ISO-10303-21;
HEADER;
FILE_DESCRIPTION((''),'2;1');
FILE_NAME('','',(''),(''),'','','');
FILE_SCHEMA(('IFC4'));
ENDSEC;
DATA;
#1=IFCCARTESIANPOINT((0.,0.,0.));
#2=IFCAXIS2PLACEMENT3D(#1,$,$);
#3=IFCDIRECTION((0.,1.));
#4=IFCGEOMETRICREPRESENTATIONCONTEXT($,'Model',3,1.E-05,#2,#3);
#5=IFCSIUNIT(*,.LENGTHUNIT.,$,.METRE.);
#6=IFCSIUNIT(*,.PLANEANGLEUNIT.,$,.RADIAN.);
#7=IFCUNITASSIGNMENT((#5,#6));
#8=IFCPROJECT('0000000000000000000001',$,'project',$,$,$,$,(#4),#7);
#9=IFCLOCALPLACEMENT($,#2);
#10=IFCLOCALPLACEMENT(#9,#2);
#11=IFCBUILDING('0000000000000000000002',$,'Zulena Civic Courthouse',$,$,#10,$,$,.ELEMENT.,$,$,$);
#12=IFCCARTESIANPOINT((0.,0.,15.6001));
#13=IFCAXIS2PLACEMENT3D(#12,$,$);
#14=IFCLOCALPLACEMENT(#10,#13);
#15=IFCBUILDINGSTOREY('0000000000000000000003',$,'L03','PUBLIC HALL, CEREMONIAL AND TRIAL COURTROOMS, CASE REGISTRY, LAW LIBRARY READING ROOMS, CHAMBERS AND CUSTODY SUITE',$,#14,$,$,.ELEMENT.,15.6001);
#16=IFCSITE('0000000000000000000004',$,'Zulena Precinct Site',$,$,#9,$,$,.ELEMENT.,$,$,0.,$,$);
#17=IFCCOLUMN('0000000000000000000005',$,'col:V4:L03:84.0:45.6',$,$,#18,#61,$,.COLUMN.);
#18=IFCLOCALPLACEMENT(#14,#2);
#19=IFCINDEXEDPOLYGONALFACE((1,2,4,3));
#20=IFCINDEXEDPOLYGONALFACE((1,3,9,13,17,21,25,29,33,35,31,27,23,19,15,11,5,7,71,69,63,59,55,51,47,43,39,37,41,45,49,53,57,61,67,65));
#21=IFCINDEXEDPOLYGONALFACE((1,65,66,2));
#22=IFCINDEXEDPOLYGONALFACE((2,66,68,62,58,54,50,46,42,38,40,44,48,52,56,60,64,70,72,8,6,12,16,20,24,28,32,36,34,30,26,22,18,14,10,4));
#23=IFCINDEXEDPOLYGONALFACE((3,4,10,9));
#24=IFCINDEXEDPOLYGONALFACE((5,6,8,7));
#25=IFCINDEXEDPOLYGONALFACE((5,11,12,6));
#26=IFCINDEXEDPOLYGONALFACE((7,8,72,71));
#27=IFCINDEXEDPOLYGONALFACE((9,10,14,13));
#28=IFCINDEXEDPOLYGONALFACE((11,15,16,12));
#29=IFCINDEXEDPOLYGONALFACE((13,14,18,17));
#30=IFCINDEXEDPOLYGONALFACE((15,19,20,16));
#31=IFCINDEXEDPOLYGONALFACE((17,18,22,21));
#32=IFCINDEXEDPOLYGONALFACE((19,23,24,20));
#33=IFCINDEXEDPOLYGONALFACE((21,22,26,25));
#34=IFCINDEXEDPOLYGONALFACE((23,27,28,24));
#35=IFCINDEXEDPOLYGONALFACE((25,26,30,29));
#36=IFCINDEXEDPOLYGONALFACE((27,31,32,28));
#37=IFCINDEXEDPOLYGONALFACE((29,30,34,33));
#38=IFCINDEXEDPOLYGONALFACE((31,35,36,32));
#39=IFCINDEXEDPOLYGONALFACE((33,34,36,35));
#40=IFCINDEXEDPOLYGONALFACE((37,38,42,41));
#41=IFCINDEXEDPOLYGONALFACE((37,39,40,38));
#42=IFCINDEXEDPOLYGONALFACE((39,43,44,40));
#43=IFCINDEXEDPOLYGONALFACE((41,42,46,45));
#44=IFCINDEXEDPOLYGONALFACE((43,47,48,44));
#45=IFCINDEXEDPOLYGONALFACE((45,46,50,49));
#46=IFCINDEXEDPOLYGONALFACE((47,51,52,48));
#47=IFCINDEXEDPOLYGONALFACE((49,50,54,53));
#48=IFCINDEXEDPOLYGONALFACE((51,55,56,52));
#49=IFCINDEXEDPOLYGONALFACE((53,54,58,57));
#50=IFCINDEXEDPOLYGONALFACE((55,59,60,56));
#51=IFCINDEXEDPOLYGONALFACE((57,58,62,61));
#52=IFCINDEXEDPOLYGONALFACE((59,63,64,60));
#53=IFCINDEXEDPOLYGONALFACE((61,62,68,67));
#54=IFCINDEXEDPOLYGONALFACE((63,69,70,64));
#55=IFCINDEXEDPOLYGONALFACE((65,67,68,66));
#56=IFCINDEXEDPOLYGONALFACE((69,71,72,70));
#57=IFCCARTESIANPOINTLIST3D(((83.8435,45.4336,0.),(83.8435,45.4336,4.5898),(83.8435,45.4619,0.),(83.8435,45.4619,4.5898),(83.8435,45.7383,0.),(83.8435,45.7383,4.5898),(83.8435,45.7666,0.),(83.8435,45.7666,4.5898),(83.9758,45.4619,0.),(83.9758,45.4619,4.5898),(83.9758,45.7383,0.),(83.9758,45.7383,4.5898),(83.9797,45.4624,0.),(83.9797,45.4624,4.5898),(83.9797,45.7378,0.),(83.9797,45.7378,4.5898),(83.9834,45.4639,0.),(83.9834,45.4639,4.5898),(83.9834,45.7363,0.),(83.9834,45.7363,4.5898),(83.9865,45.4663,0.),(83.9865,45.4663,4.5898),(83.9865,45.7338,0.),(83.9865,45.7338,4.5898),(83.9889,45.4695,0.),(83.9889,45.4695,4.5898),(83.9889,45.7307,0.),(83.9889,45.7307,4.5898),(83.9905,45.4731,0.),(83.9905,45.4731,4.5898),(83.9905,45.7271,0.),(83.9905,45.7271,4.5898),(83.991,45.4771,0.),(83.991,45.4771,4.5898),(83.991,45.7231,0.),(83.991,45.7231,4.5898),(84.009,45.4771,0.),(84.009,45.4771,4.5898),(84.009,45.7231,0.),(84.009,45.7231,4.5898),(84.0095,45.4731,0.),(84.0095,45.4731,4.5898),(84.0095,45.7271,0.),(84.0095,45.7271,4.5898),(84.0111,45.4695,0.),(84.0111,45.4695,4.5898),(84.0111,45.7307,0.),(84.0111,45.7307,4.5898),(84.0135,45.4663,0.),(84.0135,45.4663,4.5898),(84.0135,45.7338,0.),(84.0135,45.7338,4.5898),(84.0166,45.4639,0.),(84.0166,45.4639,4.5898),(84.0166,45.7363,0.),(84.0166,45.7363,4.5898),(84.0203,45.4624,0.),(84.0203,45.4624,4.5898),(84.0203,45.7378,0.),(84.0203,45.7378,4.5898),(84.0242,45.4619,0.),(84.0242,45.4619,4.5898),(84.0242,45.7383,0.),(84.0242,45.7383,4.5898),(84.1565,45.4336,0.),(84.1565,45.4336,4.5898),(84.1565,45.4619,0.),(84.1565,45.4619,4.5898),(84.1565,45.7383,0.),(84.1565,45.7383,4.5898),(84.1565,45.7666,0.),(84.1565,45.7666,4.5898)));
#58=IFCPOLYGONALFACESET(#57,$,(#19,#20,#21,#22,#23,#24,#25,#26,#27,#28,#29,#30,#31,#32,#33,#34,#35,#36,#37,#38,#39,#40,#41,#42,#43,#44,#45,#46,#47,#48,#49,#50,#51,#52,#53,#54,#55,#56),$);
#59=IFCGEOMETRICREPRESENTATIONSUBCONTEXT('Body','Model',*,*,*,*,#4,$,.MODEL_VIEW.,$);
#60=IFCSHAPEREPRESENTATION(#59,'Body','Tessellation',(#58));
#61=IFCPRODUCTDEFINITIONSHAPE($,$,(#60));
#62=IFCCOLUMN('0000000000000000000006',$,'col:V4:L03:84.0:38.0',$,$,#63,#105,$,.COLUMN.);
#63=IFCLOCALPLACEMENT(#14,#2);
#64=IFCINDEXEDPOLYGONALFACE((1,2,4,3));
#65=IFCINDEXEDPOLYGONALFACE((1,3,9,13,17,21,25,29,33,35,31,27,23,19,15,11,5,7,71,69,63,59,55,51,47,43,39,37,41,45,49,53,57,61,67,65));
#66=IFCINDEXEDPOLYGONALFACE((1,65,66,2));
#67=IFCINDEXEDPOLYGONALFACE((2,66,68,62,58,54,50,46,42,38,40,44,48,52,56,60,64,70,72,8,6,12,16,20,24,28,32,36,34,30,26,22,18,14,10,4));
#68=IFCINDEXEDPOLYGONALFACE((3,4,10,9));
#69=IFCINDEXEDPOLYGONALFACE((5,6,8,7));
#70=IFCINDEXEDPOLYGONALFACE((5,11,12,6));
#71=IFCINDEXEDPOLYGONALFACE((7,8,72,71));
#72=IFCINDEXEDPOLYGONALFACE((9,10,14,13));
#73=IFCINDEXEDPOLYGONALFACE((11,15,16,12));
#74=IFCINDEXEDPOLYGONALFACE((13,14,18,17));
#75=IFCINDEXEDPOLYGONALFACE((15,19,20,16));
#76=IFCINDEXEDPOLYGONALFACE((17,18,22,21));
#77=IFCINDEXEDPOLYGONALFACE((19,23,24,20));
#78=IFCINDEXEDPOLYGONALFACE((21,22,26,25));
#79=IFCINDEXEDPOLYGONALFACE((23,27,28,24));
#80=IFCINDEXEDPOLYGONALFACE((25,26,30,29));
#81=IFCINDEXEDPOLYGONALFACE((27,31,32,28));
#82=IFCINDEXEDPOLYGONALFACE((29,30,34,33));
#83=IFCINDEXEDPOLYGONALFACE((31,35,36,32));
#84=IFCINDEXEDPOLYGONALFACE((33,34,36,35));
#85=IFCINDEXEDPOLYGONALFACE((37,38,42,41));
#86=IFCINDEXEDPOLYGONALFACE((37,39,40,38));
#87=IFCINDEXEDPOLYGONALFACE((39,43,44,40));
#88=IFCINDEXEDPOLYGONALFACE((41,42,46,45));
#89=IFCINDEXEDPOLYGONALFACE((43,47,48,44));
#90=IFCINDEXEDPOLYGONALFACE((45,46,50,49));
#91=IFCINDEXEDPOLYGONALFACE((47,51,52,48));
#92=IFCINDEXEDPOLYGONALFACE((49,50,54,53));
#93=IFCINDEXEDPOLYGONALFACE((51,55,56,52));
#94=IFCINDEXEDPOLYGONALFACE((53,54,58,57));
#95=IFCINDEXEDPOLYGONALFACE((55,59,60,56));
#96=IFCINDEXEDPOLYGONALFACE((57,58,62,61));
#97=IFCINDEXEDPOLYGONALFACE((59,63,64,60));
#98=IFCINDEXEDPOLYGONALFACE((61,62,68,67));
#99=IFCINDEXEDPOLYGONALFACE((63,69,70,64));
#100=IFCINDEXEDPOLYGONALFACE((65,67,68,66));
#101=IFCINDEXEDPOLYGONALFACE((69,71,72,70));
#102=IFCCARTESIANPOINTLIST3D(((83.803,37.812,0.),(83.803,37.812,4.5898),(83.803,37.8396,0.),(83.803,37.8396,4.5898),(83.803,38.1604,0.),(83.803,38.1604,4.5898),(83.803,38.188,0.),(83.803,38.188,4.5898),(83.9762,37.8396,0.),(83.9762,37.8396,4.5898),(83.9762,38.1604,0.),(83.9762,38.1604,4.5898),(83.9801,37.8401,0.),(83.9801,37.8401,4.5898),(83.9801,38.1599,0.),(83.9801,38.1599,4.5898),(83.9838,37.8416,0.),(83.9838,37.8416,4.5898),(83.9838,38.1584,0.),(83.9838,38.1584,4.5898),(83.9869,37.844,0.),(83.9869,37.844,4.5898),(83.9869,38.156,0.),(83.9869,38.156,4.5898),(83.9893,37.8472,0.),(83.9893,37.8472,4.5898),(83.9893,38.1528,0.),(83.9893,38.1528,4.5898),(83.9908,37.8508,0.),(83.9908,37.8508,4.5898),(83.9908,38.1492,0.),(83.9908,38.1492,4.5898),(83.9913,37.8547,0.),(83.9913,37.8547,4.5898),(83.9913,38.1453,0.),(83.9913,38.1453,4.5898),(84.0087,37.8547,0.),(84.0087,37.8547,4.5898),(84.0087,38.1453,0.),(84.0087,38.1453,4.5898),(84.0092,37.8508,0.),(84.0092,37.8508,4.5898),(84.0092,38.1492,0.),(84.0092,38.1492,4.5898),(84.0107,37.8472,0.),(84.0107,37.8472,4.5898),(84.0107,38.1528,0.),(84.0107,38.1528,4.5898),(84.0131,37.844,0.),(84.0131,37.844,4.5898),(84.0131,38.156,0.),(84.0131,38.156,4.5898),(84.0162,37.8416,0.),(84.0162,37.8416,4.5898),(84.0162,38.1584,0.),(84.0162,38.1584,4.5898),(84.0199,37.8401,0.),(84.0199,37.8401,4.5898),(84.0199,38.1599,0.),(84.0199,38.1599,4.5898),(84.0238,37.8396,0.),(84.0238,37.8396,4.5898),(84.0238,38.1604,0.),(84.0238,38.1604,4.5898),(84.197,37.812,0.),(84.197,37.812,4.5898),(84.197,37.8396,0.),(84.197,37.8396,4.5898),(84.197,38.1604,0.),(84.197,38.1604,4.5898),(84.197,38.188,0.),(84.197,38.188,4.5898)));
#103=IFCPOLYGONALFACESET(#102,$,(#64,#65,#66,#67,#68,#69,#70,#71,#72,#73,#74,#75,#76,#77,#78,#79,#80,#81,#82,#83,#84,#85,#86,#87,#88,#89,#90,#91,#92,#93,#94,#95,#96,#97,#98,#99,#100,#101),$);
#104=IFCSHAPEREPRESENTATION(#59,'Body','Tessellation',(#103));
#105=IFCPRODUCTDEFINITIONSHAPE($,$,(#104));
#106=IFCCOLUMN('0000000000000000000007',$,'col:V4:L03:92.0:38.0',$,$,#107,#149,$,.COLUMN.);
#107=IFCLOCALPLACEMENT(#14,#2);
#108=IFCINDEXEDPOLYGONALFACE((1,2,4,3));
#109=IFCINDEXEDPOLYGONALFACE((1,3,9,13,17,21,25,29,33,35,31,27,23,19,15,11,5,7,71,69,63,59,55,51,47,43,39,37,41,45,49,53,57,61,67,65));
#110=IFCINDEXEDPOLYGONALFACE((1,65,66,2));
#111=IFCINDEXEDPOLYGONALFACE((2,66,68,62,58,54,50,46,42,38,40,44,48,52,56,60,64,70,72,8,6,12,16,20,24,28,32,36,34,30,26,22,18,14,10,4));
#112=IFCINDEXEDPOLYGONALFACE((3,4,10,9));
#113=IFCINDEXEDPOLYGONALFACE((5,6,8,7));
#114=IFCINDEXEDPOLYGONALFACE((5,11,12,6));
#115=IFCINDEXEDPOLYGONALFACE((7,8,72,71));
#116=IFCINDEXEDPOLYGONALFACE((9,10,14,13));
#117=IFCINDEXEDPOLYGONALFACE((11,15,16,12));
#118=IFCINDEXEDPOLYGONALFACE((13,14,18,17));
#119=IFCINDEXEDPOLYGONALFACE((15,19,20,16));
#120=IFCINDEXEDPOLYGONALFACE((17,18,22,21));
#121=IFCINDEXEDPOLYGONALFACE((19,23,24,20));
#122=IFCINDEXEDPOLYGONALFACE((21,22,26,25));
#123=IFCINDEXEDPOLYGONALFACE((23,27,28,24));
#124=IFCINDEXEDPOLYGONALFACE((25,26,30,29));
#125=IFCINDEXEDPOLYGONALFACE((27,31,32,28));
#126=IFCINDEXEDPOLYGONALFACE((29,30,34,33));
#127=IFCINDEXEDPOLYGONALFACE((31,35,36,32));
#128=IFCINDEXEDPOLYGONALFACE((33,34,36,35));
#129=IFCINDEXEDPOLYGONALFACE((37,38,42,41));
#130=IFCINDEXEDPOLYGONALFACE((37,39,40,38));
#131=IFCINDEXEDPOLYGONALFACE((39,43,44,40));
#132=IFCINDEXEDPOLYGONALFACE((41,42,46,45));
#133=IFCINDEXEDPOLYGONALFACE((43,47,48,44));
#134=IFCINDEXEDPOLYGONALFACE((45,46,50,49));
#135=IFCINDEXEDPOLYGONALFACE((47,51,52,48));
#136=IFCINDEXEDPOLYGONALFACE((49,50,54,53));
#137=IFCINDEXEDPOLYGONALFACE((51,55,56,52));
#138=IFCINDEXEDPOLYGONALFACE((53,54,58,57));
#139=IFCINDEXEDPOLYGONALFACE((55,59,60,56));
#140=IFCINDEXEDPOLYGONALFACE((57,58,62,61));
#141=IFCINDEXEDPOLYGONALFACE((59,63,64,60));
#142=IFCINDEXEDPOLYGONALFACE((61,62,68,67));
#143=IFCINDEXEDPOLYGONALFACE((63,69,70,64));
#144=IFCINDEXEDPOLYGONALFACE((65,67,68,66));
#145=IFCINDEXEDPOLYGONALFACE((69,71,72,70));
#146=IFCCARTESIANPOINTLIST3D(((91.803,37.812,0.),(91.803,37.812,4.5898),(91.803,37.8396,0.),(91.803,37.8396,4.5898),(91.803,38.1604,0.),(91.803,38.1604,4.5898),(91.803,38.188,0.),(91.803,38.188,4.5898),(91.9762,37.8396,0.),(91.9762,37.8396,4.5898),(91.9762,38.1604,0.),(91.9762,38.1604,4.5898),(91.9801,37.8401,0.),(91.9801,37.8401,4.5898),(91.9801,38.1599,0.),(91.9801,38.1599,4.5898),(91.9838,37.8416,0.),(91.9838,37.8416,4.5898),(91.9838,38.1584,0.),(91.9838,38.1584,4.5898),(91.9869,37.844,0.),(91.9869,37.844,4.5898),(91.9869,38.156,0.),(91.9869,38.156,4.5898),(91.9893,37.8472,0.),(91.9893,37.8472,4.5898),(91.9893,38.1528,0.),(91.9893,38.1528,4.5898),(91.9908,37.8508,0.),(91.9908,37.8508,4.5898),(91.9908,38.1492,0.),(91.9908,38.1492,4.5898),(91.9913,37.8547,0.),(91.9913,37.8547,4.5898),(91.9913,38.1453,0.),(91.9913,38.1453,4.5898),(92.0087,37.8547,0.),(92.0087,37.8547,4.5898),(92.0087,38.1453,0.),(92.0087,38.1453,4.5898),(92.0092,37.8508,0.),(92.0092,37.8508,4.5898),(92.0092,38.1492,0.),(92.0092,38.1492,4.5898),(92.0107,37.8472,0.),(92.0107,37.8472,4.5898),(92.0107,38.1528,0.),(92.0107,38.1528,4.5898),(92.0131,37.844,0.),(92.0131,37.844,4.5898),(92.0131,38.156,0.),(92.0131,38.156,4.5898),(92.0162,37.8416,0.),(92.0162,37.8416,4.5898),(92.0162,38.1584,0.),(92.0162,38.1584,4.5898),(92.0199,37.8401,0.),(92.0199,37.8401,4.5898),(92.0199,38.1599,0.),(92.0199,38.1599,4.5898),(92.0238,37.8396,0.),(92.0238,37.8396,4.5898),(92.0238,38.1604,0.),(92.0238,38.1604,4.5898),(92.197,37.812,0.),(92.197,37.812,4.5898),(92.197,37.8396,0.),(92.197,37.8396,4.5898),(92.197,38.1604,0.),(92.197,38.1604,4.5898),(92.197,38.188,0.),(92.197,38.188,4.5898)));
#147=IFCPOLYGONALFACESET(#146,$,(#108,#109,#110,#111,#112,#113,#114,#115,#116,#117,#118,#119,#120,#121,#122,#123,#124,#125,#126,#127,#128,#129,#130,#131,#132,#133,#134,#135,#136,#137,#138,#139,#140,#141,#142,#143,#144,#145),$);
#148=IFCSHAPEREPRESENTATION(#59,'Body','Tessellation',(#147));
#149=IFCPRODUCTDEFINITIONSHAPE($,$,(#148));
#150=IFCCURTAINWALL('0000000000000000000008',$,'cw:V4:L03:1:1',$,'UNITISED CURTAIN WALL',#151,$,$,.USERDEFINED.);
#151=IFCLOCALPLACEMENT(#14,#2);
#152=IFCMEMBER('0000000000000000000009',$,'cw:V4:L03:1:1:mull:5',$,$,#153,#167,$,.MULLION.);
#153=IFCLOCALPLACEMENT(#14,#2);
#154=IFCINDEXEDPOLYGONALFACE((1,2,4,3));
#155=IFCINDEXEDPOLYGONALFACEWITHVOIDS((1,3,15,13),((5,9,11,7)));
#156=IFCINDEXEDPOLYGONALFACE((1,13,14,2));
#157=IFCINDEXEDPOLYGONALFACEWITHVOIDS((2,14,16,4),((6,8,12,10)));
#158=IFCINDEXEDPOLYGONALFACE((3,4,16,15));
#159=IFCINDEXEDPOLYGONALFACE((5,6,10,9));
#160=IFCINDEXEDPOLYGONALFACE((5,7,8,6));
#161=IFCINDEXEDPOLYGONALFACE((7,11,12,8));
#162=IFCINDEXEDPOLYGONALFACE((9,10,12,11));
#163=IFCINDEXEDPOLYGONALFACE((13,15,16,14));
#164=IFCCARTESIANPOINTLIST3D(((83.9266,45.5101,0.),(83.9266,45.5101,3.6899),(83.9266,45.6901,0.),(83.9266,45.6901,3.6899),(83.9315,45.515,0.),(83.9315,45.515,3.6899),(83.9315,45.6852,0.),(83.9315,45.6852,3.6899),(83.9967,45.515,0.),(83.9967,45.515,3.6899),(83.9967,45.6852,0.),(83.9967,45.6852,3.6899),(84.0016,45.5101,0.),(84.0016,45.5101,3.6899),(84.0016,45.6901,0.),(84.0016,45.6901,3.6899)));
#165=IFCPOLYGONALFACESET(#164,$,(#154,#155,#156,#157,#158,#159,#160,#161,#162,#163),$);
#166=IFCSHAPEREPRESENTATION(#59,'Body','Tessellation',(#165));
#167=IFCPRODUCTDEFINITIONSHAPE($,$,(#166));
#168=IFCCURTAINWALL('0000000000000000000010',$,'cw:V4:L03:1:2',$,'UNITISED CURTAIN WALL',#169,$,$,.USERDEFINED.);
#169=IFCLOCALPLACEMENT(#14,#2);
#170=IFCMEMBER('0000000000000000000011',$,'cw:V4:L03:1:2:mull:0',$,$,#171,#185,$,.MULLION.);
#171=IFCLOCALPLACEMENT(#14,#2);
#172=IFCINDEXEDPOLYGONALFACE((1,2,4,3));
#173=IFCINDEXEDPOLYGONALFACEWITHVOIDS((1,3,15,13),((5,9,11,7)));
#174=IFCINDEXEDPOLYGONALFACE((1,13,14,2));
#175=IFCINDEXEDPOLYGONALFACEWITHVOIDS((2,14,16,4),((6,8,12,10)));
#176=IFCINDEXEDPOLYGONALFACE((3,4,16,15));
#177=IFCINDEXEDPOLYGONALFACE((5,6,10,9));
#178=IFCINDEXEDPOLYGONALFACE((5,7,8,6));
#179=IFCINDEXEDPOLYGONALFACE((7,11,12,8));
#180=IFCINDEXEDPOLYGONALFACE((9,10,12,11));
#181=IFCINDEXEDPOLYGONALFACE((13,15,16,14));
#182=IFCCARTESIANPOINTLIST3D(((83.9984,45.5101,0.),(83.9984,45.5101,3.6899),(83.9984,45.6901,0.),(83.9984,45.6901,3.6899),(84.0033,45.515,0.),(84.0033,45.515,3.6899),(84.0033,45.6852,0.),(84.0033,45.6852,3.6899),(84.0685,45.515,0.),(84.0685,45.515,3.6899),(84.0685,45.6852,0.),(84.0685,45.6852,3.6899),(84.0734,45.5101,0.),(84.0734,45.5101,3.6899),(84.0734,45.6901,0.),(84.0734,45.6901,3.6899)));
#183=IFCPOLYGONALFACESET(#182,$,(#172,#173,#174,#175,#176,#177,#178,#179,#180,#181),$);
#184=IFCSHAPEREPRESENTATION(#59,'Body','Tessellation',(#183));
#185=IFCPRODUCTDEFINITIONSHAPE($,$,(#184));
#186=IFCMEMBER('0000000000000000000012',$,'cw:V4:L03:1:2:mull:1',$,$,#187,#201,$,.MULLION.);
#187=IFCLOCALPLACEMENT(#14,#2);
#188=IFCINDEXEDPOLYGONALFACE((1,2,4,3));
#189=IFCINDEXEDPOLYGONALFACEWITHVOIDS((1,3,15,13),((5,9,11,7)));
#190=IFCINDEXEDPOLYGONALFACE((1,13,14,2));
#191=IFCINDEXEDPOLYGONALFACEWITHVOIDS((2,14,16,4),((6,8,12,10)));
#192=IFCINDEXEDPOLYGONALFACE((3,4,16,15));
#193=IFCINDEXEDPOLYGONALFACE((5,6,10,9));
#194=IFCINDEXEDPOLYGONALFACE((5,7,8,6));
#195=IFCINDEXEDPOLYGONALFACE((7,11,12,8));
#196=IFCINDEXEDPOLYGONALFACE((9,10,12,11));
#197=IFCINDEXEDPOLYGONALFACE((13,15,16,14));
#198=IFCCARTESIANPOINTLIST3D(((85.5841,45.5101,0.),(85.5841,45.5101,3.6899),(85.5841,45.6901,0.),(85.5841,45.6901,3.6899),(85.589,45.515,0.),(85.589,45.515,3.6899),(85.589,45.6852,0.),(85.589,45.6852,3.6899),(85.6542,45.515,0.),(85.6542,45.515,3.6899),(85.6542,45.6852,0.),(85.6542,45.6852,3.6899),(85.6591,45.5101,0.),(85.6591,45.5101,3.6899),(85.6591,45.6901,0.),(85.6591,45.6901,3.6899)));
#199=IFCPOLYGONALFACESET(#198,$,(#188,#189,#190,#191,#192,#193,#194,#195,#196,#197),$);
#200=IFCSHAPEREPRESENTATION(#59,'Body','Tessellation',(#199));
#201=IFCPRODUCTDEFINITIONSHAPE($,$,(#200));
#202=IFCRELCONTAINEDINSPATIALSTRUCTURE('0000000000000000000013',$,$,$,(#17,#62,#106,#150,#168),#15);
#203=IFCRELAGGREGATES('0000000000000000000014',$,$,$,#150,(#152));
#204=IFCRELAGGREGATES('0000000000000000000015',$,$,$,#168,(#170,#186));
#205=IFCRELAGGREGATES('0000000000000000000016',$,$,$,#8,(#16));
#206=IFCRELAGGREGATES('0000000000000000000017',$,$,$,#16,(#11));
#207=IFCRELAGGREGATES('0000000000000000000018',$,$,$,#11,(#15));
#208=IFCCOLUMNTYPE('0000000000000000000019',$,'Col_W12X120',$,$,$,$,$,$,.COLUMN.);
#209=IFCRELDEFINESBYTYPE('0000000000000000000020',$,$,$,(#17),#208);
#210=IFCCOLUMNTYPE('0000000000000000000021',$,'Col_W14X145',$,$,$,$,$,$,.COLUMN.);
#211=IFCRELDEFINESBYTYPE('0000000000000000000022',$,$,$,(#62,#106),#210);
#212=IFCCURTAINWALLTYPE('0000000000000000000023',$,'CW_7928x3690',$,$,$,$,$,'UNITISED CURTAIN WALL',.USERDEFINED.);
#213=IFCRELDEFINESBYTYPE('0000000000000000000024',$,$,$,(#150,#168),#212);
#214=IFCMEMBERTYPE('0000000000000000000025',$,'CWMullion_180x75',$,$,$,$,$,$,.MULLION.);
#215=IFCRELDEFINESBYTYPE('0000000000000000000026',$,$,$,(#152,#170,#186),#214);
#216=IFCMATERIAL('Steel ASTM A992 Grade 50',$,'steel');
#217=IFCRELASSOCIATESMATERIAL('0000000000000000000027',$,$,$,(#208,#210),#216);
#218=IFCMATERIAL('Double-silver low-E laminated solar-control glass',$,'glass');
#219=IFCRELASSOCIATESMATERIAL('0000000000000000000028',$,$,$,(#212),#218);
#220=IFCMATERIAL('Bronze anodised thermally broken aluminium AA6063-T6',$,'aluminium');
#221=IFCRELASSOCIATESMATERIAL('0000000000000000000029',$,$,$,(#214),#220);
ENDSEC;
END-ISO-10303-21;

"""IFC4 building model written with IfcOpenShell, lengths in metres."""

from ifc_helpers import new_model, si_unit, direction, frame, origin, origin_2d, place, context, subcontext, project, spatial, hollow_rectangle, i_section, extrude, material, material_profile, profile_set, type_object, element, aggregate, save


model = new_model("IFC4")

# Units and contexts
model_context = context("Model", 3, precision=1e-05, world=origin(), true_north=direction((0.0, 1.0)))
body_context = subcontext(model_context, "Body", "Model", "MODEL_VIEW")
ifc_project = project(units=[si_unit("LENGTHUNIT", "METRE"), si_unit("PLANEANGLEUNIT", "RADIAN")], contexts=[model_context])

# Site, building, storey
site_placement = place(None, origin())
site = spatial("IfcSite", under=ifc_project, at=site_placement, Name="Zulena Precinct Site", CompositionType="ELEMENT", RefElevation=0.0)
building_placement = place(site_placement, origin())
building = spatial("IfcBuilding", under=site, at=building_placement, Name="Zulena Civic Courthouse", CompositionType="ELEMENT")
storey_placement = place(building_placement, frame((0.0, 0.0, 15.6001)))
storey = spatial("IfcBuildingStorey", under=building, at=storey_placement, Name="L03", Description="PUBLIC HALL, CEREMONIAL AND TRIAL COURTROOMS, CASE REGISTRY, LAW LIBRARY READING ROOMS, CHAMBERS AND CUSTODY SUITE", CompositionType="ELEMENT", Elevation=15.6001)

# Columns
ifc_material_1 = material(Name="Steel ASTM A992 Grade 50", Category="steel")
ifc_material_profile_1 = material_profile(ifc_material_1, i_section(OverallWidth=0.313, OverallDepth=0.333, WebThickness=0.0181, FlangeThickness=0.0283, FilletRadius=0.0151, at=origin_2d()), Name="W12X120")
ifc_profile_set_1 = profile_set([ifc_material_profile_1], Name="Steel ASTM A992 Grade 50")
column_type_1 = type_object("IfcColumnType", Name="Col_W12X120", PredefinedType="COLUMN", material=ifc_profile_set_1)
column_placement = place(storey_placement, frame((84.0, 45.6001, 0.0), z_axis=(0.0, 0.0, 1.0), x_axis=(1.0, 0.0, 0.0)))
element("IfcColumn", 1, at=column_placement, inside=storey, type_object=column_type_1, Name="col:V4:L03:84.0:45.6", PredefinedType="COLUMN", context=body_context, shape_type="SweptSolid", body=[
    extrude(i_section(OverallWidth=0.313, OverallDepth=0.333, WebThickness=0.0181, FlangeThickness=0.0283, FilletRadius=0.0151, at=origin_2d()), origin(), (0.0, 0.0, 1.0), 4.5898),
])
ifc_material_profile_2 = material_profile(ifc_material_1, i_section(OverallWidth=0.394, OverallDepth=0.376, WebThickness=0.0173, FlangeThickness=0.0276, FilletRadius=0.0151, at=origin_2d()), Name="W14X145")
ifc_profile_set_2 = profile_set([ifc_material_profile_2], Name="Steel ASTM A992 Grade 50")
column_type_2 = type_object("IfcColumnType", Name="Col_W14X145", PredefinedType="COLUMN", material=ifc_profile_set_2)
for number, where, z_axis, x_axis, name in (
    (2, (84.0, 38.0, 0.0), (0.0, 0.0, 1.0), (1.0, 0.0, 0.0), "col:V4:L03:84.0:38.0"),
    (3, (92.0, 38.0, 0.0), (0.0, 0.0, 1.0), (1.0, 0.0, 0.0), "col:V4:L03:92.0:38.0"),
):
    element("IfcColumn", number, at=place(storey_placement, frame(where, z_axis=z_axis, x_axis=x_axis)), inside=storey, type_object=column_type_2, Name=name, PredefinedType="COLUMN", context=body_context, shape_type="SweptSolid", body=[
        extrude(i_section(OverallWidth=0.394, OverallDepth=0.376, WebThickness=0.0173, FlangeThickness=0.0276, FilletRadius=0.0151, at=origin_2d()), origin(), (0.0, 0.0, 1.0), 4.5898),
    ])

# Curtain wall, member
ifc_material_2 = material(Name="Double-silver low-E laminated solar-control glass", Category="glass")
curtain_wall_type = type_object("IfcCurtainWallType", Name="CW_7928x3690", ElementType="UNITISED CURTAIN WALL", PredefinedType="USERDEFINED", material=ifc_material_2)
curtain_wall_1_placement = place(storey_placement, origin())
curtain_wall_1 = element("IfcCurtainWall", 4, at=curtain_wall_1_placement, inside=storey, type_object=curtain_wall_type, Name="cw:V4:L03:1:1", ObjectType="UNITISED CURTAIN WALL", PredefinedType="USERDEFINED")
ifc_material_3 = material(Name="Bronze anodised thermally broken aluminium AA6063-T6", Category="aluminium")
ifc_material_profile_3 = material_profile(ifc_material_3, hollow_rectangle(XDim=0.075, YDim=0.1799, WallThickness=0.0049, at=origin_2d()), Name="CWM180X75X5")
ifc_profile_set_3 = profile_set([ifc_material_profile_3], Name="Bronze anodised thermally broken aluminium AA6063-T6")
member_type_1 = type_object("IfcMemberType", Name="CWMullion_180x75", PredefinedType="MULLION", material=ifc_profile_set_3)
member_1_placement = place(storey_placement, frame((83.9641, 45.6001, 0.0), z_axis=(0.0, 0.0, 1.0), x_axis=(1.0, 0.0, 0.0)))
member_1 = element("IfcMember", 5, at=member_1_placement, type_object=member_type_1, Name="cw:V4:L03:1:1:mull:5", PredefinedType="MULLION", context=body_context, shape_type="SweptSolid", body=[
    extrude(hollow_rectangle(XDim=0.075, YDim=0.1799, WallThickness=0.0049, at=origin_2d()), origin(), (0.0, 0.0, 1.0), 3.6899),
])

# Curtain wall, members
curtain_wall_2_placement = place(storey_placement, origin())
curtain_wall_2 = element("IfcCurtainWall", 6, at=curtain_wall_2_placement, inside=storey, type_object=curtain_wall_type, Name="cw:V4:L03:1:2", ObjectType="UNITISED CURTAIN WALL", PredefinedType="USERDEFINED")
member_2_placement = place(storey_placement, frame((84.0359, 45.6001, 0.0), z_axis=(0.0, 0.0, 1.0), x_axis=(1.0, 0.0, 0.0)))
member_2 = element("IfcMember", 7, at=member_2_placement, type_object=member_type_1, Name="cw:V4:L03:1:2:mull:0", PredefinedType="MULLION", context=body_context, shape_type="SweptSolid", body=[
    extrude(hollow_rectangle(XDim=0.075, YDim=0.1799, WallThickness=0.0049, at=origin_2d()), origin(), (0.0, 0.0, 1.0), 3.6899),
])
member_3_placement = place(storey_placement, frame((85.6216, 45.6001, 0.0), z_axis=(0.0, 0.0, 1.0), x_axis=(1.0, 0.0, 0.0)))
member_3 = element("IfcMember", 8, at=member_3_placement, type_object=member_type_1, Name="cw:V4:L03:1:2:mull:1", PredefinedType="MULLION", context=body_context, shape_type="SweptSolid", body=[
    extrude(hollow_rectangle(XDim=0.075, YDim=0.1799, WallThickness=0.0049, at=origin_2d()), origin(), (0.0, 0.0, 1.0), 3.6899),
])

aggregate(curtain_wall_1, [member_1])
aggregate(curtain_wall_2, [member_2, member_3])

save(model, "model.ifc")
